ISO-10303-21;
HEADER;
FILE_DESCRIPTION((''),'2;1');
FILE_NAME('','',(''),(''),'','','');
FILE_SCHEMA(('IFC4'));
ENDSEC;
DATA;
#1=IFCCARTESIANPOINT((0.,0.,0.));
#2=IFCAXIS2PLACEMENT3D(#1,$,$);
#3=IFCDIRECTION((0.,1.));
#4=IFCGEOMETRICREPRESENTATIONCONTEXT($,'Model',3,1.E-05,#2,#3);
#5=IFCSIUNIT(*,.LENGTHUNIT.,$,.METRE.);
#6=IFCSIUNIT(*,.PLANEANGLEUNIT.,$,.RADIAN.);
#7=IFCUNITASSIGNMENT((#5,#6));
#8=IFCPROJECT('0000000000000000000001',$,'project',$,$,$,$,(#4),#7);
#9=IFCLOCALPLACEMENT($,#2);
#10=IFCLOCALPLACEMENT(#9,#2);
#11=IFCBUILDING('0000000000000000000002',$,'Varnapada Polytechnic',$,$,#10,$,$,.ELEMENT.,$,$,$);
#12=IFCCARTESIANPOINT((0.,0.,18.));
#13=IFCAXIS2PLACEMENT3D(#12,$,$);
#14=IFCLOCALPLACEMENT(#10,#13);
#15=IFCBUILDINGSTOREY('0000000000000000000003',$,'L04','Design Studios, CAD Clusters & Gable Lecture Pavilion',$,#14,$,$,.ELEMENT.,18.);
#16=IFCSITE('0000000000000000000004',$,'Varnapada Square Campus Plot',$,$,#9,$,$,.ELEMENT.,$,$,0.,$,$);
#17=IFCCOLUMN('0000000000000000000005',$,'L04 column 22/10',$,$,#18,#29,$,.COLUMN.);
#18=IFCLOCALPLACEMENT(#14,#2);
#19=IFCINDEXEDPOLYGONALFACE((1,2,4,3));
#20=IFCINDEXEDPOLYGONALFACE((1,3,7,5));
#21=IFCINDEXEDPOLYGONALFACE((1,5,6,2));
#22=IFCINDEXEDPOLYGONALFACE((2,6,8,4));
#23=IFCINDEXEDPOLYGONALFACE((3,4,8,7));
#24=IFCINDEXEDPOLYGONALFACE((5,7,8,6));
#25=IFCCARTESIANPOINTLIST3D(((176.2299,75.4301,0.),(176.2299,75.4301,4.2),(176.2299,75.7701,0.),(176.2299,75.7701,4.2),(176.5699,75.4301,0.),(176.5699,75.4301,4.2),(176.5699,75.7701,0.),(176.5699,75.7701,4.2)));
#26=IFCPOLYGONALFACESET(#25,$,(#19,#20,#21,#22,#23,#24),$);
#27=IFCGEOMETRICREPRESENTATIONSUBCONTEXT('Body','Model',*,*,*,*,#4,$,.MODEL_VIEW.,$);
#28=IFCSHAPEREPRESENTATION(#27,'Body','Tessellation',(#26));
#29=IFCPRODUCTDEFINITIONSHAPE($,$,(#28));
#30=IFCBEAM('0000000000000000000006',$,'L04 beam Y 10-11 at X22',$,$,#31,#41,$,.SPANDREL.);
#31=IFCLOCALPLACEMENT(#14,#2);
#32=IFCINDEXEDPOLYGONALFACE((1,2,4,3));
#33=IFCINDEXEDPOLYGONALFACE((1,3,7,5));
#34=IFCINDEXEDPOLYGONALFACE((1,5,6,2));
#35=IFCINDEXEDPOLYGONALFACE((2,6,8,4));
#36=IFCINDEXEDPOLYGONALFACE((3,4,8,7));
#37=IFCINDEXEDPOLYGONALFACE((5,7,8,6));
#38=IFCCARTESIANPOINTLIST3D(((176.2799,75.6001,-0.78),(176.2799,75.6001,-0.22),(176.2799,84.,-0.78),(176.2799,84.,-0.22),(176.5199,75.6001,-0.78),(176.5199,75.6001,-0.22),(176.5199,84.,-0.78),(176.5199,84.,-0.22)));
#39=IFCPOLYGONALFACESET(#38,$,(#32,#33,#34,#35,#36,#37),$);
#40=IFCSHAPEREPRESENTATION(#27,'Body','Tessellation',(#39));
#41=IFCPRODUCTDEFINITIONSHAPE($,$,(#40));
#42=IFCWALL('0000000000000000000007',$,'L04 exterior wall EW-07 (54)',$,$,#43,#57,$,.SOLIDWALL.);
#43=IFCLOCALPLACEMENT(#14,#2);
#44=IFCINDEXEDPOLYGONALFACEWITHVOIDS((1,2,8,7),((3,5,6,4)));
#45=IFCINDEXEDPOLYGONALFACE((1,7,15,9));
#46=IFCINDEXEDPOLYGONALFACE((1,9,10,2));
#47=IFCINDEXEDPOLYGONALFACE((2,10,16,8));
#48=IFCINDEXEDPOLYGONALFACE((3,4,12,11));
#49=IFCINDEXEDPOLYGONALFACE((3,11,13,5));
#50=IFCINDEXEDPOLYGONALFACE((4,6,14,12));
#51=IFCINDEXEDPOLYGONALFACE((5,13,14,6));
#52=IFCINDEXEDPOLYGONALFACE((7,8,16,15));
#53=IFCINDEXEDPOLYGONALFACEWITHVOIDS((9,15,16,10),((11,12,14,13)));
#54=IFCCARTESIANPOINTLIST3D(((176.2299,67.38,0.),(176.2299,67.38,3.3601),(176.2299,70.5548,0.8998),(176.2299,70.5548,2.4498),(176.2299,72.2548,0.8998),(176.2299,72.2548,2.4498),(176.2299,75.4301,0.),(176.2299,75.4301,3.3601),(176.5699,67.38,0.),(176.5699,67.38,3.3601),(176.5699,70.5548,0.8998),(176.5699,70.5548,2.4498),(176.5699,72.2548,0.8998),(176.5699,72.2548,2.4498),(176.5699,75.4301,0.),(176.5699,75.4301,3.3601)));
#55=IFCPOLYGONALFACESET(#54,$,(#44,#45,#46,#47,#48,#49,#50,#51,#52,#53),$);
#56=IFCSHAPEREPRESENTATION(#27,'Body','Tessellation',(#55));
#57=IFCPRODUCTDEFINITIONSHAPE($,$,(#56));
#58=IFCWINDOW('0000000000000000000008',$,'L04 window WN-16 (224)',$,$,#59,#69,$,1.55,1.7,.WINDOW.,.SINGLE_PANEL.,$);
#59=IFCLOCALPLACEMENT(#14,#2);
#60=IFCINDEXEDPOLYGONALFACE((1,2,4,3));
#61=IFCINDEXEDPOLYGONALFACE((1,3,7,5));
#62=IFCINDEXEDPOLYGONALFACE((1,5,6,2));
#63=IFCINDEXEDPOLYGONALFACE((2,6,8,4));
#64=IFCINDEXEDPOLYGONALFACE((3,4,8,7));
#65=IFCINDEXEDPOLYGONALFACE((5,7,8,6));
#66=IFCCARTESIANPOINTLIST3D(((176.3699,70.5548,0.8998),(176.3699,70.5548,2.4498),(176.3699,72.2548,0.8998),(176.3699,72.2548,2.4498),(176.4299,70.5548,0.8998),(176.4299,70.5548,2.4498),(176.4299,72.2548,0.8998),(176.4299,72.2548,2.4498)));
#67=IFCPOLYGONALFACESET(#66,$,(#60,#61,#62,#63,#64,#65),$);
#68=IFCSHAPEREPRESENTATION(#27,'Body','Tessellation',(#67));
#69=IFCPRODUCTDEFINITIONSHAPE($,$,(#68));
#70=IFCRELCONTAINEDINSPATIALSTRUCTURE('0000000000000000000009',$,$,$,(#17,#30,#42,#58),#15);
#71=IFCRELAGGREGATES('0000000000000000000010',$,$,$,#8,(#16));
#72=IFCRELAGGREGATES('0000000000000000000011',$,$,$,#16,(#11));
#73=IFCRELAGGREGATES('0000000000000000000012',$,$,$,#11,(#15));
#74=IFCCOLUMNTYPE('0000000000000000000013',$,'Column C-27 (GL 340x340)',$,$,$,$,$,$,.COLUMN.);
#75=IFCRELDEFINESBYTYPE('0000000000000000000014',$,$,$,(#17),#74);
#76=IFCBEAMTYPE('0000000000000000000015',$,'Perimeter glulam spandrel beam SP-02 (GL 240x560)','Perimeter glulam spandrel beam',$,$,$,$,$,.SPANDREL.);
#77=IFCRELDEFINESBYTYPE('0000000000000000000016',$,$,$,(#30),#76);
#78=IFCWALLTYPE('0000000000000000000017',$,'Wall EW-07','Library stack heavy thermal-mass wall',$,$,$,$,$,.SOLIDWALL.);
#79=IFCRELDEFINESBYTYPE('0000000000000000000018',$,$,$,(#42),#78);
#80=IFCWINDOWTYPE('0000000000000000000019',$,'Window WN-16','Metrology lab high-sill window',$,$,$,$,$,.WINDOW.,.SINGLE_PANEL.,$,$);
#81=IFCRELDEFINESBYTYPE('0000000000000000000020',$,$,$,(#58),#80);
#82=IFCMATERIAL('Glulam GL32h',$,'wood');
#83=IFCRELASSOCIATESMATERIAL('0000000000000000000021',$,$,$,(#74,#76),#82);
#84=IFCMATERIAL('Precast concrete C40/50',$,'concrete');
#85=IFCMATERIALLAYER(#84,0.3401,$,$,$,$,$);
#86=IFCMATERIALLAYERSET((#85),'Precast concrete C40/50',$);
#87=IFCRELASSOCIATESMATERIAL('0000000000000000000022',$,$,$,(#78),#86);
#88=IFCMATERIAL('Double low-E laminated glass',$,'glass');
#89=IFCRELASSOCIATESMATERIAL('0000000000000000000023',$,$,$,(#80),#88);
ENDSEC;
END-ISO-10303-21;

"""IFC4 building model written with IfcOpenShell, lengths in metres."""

from ifc_helpers import new_model, si_unit, direction, frame, frame_2d, origin, origin_2d, place, context, subcontext, project, spatial, rectangle, extrude, material, layer, layer_set, material_profile, profile_set, type_object, element, fill, save


model = new_model("IFC4")

# Units and contexts
model_context = context("Model", 3, precision=1e-05, world=origin(), true_north=direction((0.0, 1.0)))
body_context = subcontext(model_context, "Body", "Model", "MODEL_VIEW")
ifc_project = project(units=[si_unit("LENGTHUNIT", "METRE"), si_unit("PLANEANGLEUNIT", "RADIAN")], contexts=[model_context])

# Site, building, storey
site_placement = place(None, origin())
site = spatial("IfcSite", under=ifc_project, at=site_placement, Name="Varnapada Square Campus Plot", CompositionType="ELEMENT", RefElevation=0.0)
building_placement = place(site_placement, origin())
building = spatial("IfcBuilding", under=site, at=building_placement, Name="Varnapada Polytechnic", CompositionType="ELEMENT")
storey_placement = place(building_placement, frame((0.0, 0.0, 18.0)))
storey = spatial("IfcBuildingStorey", under=building, at=storey_placement, Name="L04", Description="Design Studios, CAD Clusters & Gable Lecture Pavilion", CompositionType="ELEMENT", Elevation=18.0)

# Column
ifc_material_1 = material(Name="Glulam GL32h", Category="wood")
ifc_material_profile_1 = material_profile(ifc_material_1, rectangle(XDim=0.3401, YDim=0.3401, at=origin_2d()), Name="GL 340x340")
ifc_profile_set_1 = profile_set([ifc_material_profile_1], Name="Glulam GL32h")
column_type = type_object("IfcColumnType", Name="Column C-27 (GL 340x340)", PredefinedType="COLUMN", material=ifc_profile_set_1)
column_placement = place(storey_placement, frame((176.3999, 75.6001, 0.0), z_axis=(0.0, 0.0, 1.0), x_axis=(1.0, 0.0, 0.0)))
element("IfcColumn", 1, at=column_placement, inside=storey, type_object=column_type, Name="L04 column 22/10", PredefinedType="COLUMN", context=body_context, shape_type="SweptSolid", body=[
    extrude(rectangle(XDim=0.3401, YDim=0.3401, at=origin_2d()), origin(), (0.0, 0.0, 1.0), 4.2),
])

# Beam
ifc_material_profile_2 = material_profile(ifc_material_1, rectangle(XDim=0.24, YDim=0.5601, at=origin_2d()), Name="GL 240x560")
ifc_profile_set_2 = profile_set([ifc_material_profile_2], Name="Glulam GL32h")
beam_type = type_object("IfcBeamType", Name="Perimeter glulam spandrel beam SP-02 (GL 240x560)", Description="Perimeter glulam spandrel beam", PredefinedType="SPANDREL", material=ifc_profile_set_2)
beam_placement = place(storey_placement, frame((176.3999, 75.6001, -0.5), z_axis=(0.0, 1.0, 0.0), x_axis=(-1.0, 0.0, 0.0)))
element("IfcBeam", 2, at=beam_placement, inside=storey, type_object=beam_type, Name="L04 beam Y 10-11 at X22", PredefinedType="SPANDREL", context=body_context, shape_type="SweptSolid", body=[
    extrude(rectangle(XDim=0.24, YDim=0.5601, at=origin_2d()), origin(), (0.0, 0.0, 1.0), 8.3999),
])

# Wall, opening, window
ifc_material_2 = material(Name="Precast concrete C40/50", Category="concrete")
ifc_layer_1 = layer(ifc_material_2, 0.3401)
ifc_layer_set_1 = layer_set([ifc_layer_1], Name="Precast concrete C40/50")
wall_type = type_object("IfcWallType", Name="Wall EW-07", Description="Library stack heavy thermal-mass wall", PredefinedType="SOLIDWALL", material=ifc_layer_set_1)
wall_placement = place(storey_placement, frame((176.3999, 75.4299, 0.0), z_axis=(0.0, 0.0, 1.0), x_axis=(0.0, -1.0, 0.0)))
wall = element("IfcWall", 3, at=wall_placement, inside=storey, type_object=wall_type, Name="L04 exterior wall EW-07 (54)", PredefinedType="SOLIDWALL", context=body_context, shape_type="SweptSolid", body=[
    extrude(rectangle(XDim=8.05, YDim=0.3401, at=frame_2d((4.0249, 0.0))), origin(), (0.0, 0.0, 1.0), 3.3601),
])
opening_1_placement = place(wall_placement, frame((3.175, 0.0, 0.8999)))
opening_1 = element("IfcOpeningElement", 4, at=opening_1_placement, cuts=wall, PredefinedType="OPENING", context=body_context, shape_type="SweptSolid", body=[
    extrude(rectangle(XDim=1.7, YDim=1.55, at=frame_2d((0.8501, 0.7749))), frame((0.0, 0.1799, 0.0), z_axis=(0.0, -1.0, 0.0), x_axis=(1.0, 0.0, 0.0)), (0.0, 0.0, 1.0), 0.3601),
])
ifc_material_3 = material(Name="Double low-E laminated glass", Category="glass")
window_type = type_object("IfcWindowType", Name="Window WN-16", Description="Metrology lab high-sill window", PartitioningType="SINGLE_PANEL", PredefinedType="WINDOW", material=ifc_material_3)
window_placement = place(opening_1_placement, origin())
window = element("IfcWindow", 5, at=window_placement, inside=storey, type_object=window_type, Name="L04 window WN-16 (224)", OverallHeight=1.55, OverallWidth=1.7, PartitioningType="SINGLE_PANEL", PredefinedType="WINDOW", context=body_context, shape_type="SweptSolid", body=[
    extrude(rectangle(XDim=1.7, YDim=1.55, at=frame_2d((0.8501, 0.7749))), frame((0.0, 0.03, 0.0), z_axis=(0.0, -1.0, 0.0), x_axis=(1.0, 0.0, 0.0)), (0.0, 0.0, 1.0), 0.0601),
])
fill(opening_1, window)

save(model, "model.ifc")
